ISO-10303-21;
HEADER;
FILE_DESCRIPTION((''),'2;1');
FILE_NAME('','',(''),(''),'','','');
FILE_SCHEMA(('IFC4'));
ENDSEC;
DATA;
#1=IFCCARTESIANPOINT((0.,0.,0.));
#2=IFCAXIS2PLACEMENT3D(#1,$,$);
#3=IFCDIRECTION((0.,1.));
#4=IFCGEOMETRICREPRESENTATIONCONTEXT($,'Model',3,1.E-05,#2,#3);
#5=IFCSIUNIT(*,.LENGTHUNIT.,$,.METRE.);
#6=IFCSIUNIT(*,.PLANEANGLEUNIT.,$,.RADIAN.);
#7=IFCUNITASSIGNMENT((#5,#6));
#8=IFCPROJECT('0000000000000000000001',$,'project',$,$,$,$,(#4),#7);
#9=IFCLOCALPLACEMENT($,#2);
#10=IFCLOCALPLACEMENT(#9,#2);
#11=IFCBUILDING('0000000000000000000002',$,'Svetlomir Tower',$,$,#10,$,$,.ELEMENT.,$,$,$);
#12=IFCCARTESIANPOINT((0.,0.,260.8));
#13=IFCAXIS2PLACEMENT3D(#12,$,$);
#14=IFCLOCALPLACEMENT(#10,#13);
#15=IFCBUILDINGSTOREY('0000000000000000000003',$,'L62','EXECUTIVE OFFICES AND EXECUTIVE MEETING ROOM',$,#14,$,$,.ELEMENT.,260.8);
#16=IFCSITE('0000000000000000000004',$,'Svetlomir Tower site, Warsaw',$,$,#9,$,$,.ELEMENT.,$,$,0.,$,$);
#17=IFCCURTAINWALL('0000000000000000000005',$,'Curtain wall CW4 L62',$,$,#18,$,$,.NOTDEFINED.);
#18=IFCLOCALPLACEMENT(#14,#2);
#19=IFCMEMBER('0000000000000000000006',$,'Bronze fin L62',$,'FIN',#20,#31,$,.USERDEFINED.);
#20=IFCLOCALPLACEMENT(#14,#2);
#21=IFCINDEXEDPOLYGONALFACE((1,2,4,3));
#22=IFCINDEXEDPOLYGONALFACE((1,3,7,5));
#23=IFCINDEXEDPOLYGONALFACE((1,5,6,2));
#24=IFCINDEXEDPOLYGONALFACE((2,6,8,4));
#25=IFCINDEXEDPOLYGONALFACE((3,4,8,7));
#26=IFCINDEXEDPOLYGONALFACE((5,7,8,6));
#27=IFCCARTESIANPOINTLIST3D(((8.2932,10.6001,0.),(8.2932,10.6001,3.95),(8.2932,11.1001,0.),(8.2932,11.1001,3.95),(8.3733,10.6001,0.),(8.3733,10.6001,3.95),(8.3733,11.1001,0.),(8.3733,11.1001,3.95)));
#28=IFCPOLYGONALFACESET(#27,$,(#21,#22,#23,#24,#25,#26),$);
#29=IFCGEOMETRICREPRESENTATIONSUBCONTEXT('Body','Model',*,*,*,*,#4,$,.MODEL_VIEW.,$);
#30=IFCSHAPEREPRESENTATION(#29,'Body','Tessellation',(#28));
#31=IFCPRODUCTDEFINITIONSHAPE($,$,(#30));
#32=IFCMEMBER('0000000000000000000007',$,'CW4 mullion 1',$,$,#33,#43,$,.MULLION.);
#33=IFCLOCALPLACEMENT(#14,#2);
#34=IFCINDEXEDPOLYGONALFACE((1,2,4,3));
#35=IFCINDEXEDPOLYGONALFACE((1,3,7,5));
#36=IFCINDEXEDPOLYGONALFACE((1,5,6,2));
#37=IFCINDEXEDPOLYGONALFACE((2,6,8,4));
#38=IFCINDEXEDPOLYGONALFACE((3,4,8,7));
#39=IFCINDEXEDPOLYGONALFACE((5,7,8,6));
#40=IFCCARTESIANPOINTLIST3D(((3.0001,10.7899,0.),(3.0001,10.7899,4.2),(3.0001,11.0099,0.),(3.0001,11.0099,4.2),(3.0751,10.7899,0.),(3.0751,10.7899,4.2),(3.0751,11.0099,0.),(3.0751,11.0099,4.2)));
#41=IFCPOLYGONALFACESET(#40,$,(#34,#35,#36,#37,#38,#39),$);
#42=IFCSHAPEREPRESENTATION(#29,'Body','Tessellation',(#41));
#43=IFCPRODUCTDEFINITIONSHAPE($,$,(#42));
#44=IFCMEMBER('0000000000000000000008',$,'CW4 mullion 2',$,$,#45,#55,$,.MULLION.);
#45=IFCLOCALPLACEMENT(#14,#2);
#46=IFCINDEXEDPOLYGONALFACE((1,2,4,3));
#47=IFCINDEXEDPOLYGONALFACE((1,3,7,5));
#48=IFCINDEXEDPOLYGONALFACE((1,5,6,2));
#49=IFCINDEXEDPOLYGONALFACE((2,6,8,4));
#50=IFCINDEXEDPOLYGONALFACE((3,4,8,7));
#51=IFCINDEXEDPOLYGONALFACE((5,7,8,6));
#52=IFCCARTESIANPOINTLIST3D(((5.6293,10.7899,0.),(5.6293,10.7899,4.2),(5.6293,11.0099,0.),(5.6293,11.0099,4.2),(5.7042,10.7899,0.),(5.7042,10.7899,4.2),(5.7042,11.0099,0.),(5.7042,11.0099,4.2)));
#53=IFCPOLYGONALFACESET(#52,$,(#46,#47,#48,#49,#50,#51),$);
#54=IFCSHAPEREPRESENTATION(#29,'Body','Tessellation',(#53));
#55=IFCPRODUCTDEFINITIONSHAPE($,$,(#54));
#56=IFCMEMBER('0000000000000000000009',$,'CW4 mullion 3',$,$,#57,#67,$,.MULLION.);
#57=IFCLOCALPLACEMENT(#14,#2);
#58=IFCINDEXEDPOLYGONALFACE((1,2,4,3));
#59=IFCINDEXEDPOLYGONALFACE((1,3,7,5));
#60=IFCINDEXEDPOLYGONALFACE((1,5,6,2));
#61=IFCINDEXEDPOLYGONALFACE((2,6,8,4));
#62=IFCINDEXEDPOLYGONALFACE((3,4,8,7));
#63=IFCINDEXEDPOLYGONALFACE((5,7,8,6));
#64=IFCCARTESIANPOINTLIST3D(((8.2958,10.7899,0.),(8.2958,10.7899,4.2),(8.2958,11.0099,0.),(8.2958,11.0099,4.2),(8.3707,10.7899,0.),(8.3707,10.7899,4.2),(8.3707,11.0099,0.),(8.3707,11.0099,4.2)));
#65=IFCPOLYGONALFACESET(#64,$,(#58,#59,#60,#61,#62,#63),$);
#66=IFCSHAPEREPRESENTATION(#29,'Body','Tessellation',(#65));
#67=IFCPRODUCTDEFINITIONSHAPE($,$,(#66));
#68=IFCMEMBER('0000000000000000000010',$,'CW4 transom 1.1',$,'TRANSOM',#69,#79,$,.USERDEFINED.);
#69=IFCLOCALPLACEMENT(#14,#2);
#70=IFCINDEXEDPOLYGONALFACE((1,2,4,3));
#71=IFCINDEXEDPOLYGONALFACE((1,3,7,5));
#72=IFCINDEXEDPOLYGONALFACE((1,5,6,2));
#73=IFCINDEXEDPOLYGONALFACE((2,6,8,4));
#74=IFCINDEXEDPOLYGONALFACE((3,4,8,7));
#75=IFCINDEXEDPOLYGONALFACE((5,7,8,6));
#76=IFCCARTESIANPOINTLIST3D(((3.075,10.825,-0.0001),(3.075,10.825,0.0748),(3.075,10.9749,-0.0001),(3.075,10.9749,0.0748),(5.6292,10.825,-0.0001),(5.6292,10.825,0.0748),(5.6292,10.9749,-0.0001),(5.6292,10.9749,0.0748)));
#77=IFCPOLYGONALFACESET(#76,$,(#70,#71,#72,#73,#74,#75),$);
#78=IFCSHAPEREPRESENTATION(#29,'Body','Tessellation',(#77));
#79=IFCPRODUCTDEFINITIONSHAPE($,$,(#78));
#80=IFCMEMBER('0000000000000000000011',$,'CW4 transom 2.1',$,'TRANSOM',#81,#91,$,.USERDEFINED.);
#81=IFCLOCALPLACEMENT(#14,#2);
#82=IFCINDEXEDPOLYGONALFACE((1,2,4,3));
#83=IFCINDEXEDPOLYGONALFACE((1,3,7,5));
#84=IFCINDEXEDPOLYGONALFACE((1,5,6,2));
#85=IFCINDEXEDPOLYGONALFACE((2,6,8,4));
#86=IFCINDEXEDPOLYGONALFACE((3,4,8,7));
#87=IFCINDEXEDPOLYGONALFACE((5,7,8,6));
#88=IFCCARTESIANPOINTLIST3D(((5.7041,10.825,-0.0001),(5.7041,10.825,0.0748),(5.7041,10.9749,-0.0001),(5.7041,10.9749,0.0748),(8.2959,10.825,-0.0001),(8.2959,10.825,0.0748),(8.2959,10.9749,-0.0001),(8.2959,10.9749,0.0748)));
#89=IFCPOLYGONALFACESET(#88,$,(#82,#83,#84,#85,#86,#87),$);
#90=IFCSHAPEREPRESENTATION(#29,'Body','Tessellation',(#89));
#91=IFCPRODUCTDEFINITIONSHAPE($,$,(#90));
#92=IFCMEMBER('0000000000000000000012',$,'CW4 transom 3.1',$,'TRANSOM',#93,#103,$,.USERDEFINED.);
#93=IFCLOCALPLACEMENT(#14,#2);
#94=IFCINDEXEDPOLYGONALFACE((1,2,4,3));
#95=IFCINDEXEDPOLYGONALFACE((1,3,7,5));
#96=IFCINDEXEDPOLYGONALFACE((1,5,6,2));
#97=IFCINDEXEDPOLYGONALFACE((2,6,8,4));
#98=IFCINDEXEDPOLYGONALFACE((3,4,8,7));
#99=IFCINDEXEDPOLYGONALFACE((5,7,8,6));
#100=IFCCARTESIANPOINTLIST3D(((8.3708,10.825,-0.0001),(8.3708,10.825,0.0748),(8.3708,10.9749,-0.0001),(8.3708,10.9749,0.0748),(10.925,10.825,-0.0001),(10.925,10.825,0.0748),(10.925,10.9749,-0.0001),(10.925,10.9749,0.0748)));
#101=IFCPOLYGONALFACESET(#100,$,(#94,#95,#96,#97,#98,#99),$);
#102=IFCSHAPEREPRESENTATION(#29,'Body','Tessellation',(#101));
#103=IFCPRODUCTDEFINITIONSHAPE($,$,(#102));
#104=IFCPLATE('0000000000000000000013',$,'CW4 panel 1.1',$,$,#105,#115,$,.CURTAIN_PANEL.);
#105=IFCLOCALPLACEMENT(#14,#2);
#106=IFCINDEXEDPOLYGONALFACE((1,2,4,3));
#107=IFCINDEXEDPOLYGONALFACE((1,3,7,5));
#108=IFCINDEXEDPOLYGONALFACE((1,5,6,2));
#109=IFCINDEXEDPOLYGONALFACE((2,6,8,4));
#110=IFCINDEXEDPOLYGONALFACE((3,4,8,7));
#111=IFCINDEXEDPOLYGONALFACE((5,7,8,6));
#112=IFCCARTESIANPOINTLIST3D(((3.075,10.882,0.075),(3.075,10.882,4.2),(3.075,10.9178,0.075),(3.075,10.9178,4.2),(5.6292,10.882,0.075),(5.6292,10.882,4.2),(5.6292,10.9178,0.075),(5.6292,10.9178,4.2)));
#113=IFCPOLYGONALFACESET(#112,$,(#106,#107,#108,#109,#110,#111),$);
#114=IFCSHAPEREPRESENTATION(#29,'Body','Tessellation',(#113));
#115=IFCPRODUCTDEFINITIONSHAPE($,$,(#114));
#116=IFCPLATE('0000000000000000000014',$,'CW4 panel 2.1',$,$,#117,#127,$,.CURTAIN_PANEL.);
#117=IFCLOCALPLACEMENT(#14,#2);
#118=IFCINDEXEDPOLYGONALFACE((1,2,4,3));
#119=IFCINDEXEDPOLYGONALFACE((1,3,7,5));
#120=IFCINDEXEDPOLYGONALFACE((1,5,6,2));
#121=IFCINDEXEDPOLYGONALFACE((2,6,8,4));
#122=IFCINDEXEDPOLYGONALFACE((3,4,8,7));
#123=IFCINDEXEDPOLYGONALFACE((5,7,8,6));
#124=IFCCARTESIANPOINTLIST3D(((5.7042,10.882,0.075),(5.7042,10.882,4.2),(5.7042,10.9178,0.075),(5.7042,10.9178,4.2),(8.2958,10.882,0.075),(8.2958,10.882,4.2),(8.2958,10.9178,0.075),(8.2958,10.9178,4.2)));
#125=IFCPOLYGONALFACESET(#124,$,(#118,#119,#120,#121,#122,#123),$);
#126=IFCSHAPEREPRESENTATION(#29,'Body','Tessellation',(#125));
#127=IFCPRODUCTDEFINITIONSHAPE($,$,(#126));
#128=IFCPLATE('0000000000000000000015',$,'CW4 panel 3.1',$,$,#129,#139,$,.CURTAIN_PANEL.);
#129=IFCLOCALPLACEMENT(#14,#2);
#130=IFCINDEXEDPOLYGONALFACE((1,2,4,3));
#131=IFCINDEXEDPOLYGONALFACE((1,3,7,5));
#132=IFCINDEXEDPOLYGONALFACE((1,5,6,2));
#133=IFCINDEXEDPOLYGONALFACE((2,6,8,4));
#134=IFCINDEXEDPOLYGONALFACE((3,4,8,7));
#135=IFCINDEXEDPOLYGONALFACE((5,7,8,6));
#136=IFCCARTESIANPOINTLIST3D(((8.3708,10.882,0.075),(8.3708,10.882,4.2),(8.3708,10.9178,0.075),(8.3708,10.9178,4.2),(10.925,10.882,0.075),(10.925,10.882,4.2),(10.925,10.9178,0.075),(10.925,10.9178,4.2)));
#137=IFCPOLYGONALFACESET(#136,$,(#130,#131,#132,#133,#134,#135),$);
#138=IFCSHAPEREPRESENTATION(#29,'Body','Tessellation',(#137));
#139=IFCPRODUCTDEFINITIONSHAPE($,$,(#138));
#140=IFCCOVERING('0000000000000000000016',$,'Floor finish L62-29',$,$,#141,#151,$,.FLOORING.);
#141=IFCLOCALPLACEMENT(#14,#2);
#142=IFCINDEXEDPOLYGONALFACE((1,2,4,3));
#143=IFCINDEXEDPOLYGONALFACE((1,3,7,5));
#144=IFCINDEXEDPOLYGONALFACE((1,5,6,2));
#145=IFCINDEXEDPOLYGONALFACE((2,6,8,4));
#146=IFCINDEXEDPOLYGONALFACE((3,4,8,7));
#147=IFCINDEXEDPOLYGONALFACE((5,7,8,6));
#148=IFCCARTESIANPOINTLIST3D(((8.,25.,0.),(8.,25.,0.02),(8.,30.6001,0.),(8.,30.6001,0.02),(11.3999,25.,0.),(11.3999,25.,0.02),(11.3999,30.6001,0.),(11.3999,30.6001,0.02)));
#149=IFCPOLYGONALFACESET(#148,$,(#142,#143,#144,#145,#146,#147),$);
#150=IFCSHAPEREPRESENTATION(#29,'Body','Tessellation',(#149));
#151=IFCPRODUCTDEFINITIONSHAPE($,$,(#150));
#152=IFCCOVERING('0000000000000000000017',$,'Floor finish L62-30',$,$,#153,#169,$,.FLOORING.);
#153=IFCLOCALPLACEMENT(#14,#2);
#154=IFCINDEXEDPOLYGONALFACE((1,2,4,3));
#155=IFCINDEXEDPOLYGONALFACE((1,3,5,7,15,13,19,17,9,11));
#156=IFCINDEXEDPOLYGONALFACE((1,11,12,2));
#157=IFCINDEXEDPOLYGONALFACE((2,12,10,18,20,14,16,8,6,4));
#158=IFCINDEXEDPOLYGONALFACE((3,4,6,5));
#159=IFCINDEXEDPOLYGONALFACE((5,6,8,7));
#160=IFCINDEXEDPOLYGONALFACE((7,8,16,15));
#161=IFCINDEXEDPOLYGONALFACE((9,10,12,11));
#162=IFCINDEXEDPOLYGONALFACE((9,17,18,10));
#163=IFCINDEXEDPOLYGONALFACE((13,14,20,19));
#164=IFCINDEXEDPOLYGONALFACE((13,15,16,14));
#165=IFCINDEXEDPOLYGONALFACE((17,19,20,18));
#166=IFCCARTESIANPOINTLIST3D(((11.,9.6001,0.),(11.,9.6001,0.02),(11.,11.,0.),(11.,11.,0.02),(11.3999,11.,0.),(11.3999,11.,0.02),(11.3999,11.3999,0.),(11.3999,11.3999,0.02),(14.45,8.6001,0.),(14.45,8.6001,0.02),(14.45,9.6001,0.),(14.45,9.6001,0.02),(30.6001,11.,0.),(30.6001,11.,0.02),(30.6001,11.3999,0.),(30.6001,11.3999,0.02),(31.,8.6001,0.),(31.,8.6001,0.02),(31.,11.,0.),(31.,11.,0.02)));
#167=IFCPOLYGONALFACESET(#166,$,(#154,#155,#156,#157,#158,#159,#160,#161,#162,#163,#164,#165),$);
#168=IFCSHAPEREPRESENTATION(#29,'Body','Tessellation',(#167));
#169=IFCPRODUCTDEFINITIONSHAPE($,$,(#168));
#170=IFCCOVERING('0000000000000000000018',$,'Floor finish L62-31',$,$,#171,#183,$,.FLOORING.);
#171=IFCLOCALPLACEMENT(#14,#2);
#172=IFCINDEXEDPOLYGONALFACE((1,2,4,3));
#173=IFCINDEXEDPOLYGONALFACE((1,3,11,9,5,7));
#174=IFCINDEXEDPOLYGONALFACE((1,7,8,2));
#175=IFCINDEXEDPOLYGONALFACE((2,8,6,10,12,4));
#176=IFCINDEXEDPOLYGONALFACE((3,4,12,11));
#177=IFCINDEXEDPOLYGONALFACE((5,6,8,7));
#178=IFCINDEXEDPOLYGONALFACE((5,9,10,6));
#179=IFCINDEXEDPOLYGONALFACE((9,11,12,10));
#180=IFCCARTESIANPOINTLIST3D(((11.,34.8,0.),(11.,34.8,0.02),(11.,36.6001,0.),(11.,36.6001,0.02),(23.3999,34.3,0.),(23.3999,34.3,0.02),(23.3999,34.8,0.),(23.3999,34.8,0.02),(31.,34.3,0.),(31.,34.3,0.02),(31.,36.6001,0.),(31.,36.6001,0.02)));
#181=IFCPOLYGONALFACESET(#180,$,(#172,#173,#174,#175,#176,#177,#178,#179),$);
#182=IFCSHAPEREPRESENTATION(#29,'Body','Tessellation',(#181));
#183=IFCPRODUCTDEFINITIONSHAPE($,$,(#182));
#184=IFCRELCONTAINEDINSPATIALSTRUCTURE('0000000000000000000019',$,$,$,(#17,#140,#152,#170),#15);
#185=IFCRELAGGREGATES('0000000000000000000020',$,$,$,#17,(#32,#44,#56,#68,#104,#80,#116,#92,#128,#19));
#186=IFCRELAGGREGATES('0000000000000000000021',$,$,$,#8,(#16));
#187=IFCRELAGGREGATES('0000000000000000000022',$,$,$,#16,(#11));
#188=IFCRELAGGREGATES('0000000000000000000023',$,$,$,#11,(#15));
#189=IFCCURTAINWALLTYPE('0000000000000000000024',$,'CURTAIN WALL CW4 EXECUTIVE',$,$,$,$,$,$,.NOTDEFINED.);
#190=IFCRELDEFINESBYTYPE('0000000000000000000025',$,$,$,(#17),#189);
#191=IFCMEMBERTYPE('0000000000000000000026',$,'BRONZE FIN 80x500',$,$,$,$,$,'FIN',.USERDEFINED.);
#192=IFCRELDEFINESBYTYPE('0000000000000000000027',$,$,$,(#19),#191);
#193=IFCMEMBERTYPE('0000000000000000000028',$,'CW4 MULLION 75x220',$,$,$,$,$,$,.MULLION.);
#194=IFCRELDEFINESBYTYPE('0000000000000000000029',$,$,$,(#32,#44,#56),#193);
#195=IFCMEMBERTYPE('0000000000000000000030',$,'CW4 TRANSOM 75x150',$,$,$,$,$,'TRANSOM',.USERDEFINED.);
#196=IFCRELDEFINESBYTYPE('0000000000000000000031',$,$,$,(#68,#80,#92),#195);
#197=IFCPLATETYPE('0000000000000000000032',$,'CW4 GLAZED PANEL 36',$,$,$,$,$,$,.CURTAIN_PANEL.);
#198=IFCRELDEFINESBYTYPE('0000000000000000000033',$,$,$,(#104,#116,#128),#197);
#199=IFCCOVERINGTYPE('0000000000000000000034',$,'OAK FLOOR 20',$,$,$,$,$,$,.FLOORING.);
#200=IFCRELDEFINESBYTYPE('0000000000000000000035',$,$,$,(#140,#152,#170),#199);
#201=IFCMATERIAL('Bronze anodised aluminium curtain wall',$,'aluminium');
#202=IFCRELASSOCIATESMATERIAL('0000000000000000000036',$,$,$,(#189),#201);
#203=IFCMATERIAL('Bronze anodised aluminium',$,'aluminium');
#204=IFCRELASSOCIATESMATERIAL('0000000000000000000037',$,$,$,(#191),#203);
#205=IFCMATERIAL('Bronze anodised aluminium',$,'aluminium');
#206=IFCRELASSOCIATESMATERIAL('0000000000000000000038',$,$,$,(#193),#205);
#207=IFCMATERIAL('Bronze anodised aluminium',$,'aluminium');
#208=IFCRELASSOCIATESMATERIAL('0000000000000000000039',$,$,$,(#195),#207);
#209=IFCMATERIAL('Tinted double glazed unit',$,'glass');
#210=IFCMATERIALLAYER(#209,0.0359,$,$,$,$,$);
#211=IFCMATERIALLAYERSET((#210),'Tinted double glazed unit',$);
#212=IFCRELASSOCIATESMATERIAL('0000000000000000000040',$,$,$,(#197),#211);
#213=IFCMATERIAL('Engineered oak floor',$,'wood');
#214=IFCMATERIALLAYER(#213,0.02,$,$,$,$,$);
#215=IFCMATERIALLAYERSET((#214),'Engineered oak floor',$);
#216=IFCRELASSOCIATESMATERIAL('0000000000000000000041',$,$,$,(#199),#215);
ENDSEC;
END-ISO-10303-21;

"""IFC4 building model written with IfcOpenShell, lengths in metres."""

from ifc_helpers import new_model, si_unit, direction, frame, origin, origin_2d, place, context, subcontext, project, spatial, polyline, rectangle, outline, extrude, material, layer, layer_set, material_profile, profile_set, type_object, element, aggregate, save


model = new_model("IFC4")

# Units and contexts
model_context = context("Model", 3, precision=1e-05, world=origin(), true_north=direction((0.0, 1.0)))
body_context = subcontext(model_context, "Body", "Model", "MODEL_VIEW")
ifc_project = project(units=[si_unit("LENGTHUNIT", "METRE"), si_unit("PLANEANGLEUNIT", "RADIAN")], contexts=[model_context])

# Site, building, storey
site_placement = place(None, origin())
site = spatial("IfcSite", under=ifc_project, at=site_placement, Name="Svetlomir Tower site, Warsaw", CompositionType="ELEMENT", RefElevation=0.0)
building_placement = place(site_placement, origin())
building = spatial("IfcBuilding", under=site, at=building_placement, Name="Svetlomir Tower", CompositionType="ELEMENT")
storey_placement = place(building_placement, frame((0.0, 0.0, 260.8)))
storey = spatial("IfcBuildingStorey", under=building, at=storey_placement, Name="L62", Description="EXECUTIVE OFFICES AND EXECUTIVE MEETING ROOM", CompositionType="ELEMENT", Elevation=260.8)

# Curtain wall, members, plates
ifc_material_1 = material(Name="Bronze anodised aluminium curtain wall", Category="aluminium")
curtain_wall_type = type_object("IfcCurtainWallType", Name="CURTAIN WALL CW4 EXECUTIVE", PredefinedType="NOTDEFINED", material=ifc_material_1)
curtain_wall_placement = place(storey_placement, origin())
curtain_wall = element("IfcCurtainWall", 1, at=curtain_wall_placement, inside=storey, type_object=curtain_wall_type, Name="Curtain wall CW4 L62", PredefinedType="NOTDEFINED")
ifc_material_2 = material(Name="Bronze anodised aluminium", Category="aluminium")
ifc_material_profile_1 = material_profile(ifc_material_2, rectangle(XDim=0.0801, YDim=0.5, at=origin_2d()), Name="FIN 80x500")
ifc_profile_set_1 = profile_set([ifc_material_profile_1], Name="Bronze anodised aluminium 6063-T6")
member_type_1 = type_object("IfcMemberType", Name="BRONZE FIN 80x500", ElementType="FIN", PredefinedType="USERDEFINED", material=ifc_profile_set_1)
member_1_placement = place(storey_placement, frame((8.3333, 10.8501, 0.0), z_axis=(0.0, 0.0, 1.0), x_axis=(1.0, 0.0, 0.0)))
member_1 = element("IfcMember", 2, at=member_1_placement, type_object=member_type_1, Name="Bronze fin L62", ObjectType="FIN", PredefinedType="USERDEFINED", context=body_context, shape_type="SweptSolid", body=[
    extrude(rectangle(XDim=0.0801, YDim=0.5, at=origin_2d()), origin(), (0.0, 0.0, 1.0), 3.95),
])
ifc_material_3 = material(Name="Bronze anodised aluminium", Category="aluminium")
ifc_material_profile_2 = material_profile(ifc_material_3, rectangle(XDim=0.075, YDim=0.22, at=origin_2d()), Name="AL 75x220")
ifc_profile_set_2 = profile_set([ifc_material_profile_2], Name="Bronze anodised aluminium 6063-T6")
member_type_2 = type_object("IfcMemberType", Name="CW4 MULLION 75x220", PredefinedType="MULLION", material=ifc_profile_set_2)
member_2_placement = place(storey_placement, frame((3.0376, 10.8999, 0.0), z_axis=(0.0, 0.0, 1.0), x_axis=(1.0, 0.0, 0.0)))
member_2 = element("IfcMember", 3, at=member_2_placement, type_object=member_type_2, Name="CW4 mullion 1", PredefinedType="MULLION", context=body_context, shape_type="SweptSolid", body=[
    extrude(rectangle(XDim=0.075, YDim=0.22, at=origin_2d()), origin(), (0.0, 0.0, 1.0), 4.2),
])
member_3_placement = place(storey_placement, frame((5.6667, 10.8999, 0.0), z_axis=(0.0, 0.0, 1.0), x_axis=(1.0, 0.0, 0.0)))
member_3 = element("IfcMember", 4, at=member_3_placement, type_object=member_type_2, Name="CW4 mullion 2", PredefinedType="MULLION", context=body_context, shape_type="SweptSolid", body=[
    extrude(rectangle(XDim=0.075, YDim=0.22, at=origin_2d()), origin(), (0.0, 0.0, 1.0), 4.2),
])
member_4_placement = place(storey_placement, frame((8.3333, 10.8999, 0.0), z_axis=(0.0, 0.0, 1.0), x_axis=(1.0, 0.0, 0.0)))
member_4 = element("IfcMember", 5, at=member_4_placement, type_object=member_type_2, Name="CW4 mullion 3", PredefinedType="MULLION", context=body_context, shape_type="SweptSolid", body=[
    extrude(rectangle(XDim=0.075, YDim=0.22, at=origin_2d()), origin(), (0.0, 0.0, 1.0), 4.2),
])
ifc_material_4 = material(Name="Bronze anodised aluminium", Category="aluminium")
ifc_material_profile_3 = material_profile(ifc_material_4, rectangle(XDim=0.1499, YDim=0.075, at=origin_2d()), Name="AL 150x75")
ifc_profile_set_3 = profile_set([ifc_material_profile_3], Name="Bronze anodised aluminium 6063-T6")
member_type_3 = type_object("IfcMemberType", Name="CW4 TRANSOM 75x150", ElementType="TRANSOM", PredefinedType="USERDEFINED", material=ifc_profile_set_3)
member_5_placement = place(storey_placement, frame((3.075, 10.8999, 0.0374), z_axis=(1.0, 0.0, 0.0), x_axis=(0.0, 1.0, 0.0)))
member_5 = element("IfcMember", 6, at=member_5_placement, type_object=member_type_3, Name="CW4 transom 1.1", ObjectType="TRANSOM", PredefinedType="USERDEFINED", context=body_context, shape_type="SweptSolid", body=[
    extrude(rectangle(XDim=0.1499, YDim=0.075, at=origin_2d()), origin(), (0.0, 0.0, 1.0), 2.5542),
])
member_6_placement = place(storey_placement, frame((5.7041, 10.8999, 0.0374), z_axis=(1.0, 0.0, 0.0), x_axis=(0.0, 1.0, 0.0)))
member_6 = element("IfcMember", 7, at=member_6_placement, type_object=member_type_3, Name="CW4 transom 2.1", ObjectType="TRANSOM", PredefinedType="USERDEFINED", context=body_context, shape_type="SweptSolid", body=[
    extrude(rectangle(XDim=0.1499, YDim=0.075, at=origin_2d()), origin(), (0.0, 0.0, 1.0), 2.5918),
])
member_7_placement = place(storey_placement, frame((8.3708, 10.8999, 0.0374), z_axis=(1.0, 0.0, 0.0), x_axis=(0.0, 1.0, 0.0)))
member_7 = element("IfcMember", 8, at=member_7_placement, type_object=member_type_3, Name="CW4 transom 3.1", ObjectType="TRANSOM", PredefinedType="USERDEFINED", context=body_context, shape_type="SweptSolid", body=[
    extrude(rectangle(XDim=0.1499, YDim=0.075, at=origin_2d()), origin(), (0.0, 0.0, 1.0), 2.5542),
])
ifc_material_5 = material(Name="Tinted double glazed unit", Category="glass")
ifc_layer_1 = layer(ifc_material_5, 0.0359)
ifc_layer_set_1 = layer_set([ifc_layer_1], Name="Tinted double glazed unit")
plate_type = type_object("IfcPlateType", Name="CW4 GLAZED PANEL 36", PredefinedType="CURTAIN_PANEL", material=ifc_layer_set_1)
plate_1_placement = place(storey_placement, frame((4.3521, 10.8999, 0.075), z_axis=(0.0, 0.0, 1.0), x_axis=(1.0, 0.0, 0.0)))
plate_1 = element("IfcPlate", 9, at=plate_1_placement, type_object=plate_type, Name="CW4 panel 1.1", PredefinedType="CURTAIN_PANEL", context=body_context, shape_type="SweptSolid", body=[
    extrude(rectangle(XDim=2.5542, YDim=0.0359, at=origin_2d()), origin(), (0.0, 0.0, 1.0), 4.125),
])
plate_2_placement = place(storey_placement, frame((7.0, 10.8999, 0.075), z_axis=(0.0, 0.0, 1.0), x_axis=(1.0, 0.0, 0.0)))
plate_2 = element("IfcPlate", 10, at=plate_2_placement, type_object=plate_type, Name="CW4 panel 2.1", PredefinedType="CURTAIN_PANEL", context=body_context, shape_type="SweptSolid", body=[
    extrude(rectangle(XDim=2.5916, YDim=0.0359, at=origin_2d()), origin(), (0.0, 0.0, 1.0), 4.125),
])
plate_3_placement = place(storey_placement, frame((9.6479, 10.8999, 0.075), z_axis=(0.0, 0.0, 1.0), x_axis=(1.0, 0.0, 0.0)))
plate_3 = element("IfcPlate", 11, at=plate_3_placement, type_object=plate_type, Name="CW4 panel 3.1", PredefinedType="CURTAIN_PANEL", context=body_context, shape_type="SweptSolid", body=[
    extrude(rectangle(XDim=2.5542, YDim=0.0359, at=origin_2d()), origin(), (0.0, 0.0, 1.0), 4.125),
])
aggregate(curtain_wall, [member_2, member_3, member_4, member_5, plate_1, member_6, plate_2, member_7, plate_3, member_1])

# Coverings
ifc_material_6 = material(Name="Engineered oak floor", Category="wood")
ifc_layer_2 = layer(ifc_material_6, 0.02)
ifc_layer_set_2 = layer_set([ifc_layer_2], Name="Engineered oak floor")
covering_type_1 = type_object("IfcCoveringType", Name="OAK FLOOR 20", PredefinedType="FLOORING", material=ifc_layer_set_2)
covering_1_placement = place(storey_placement, origin())
element("IfcCovering", 12, at=covering_1_placement, inside=storey, type_object=covering_type_1, Name="Floor finish L62-29", PredefinedType="FLOORING", context=body_context, shape_type="SweptSolid", body=[
    extrude(outline(polyline([(8.0, 25.0), (11.3999, 25.0), (11.3999, 30.6001), (8.0, 30.6001), (8.0, 25.0)])), origin(), (0.0, 0.0, 1.0), 0.02),
])
covering_2_placement = place(storey_placement, origin())
element("IfcCovering", 13, at=covering_2_placement, inside=storey, type_object=covering_type_1, Name="Floor finish L62-30", PredefinedType="FLOORING", context=body_context, shape_type="SweptSolid", body=[
    extrude(outline(polyline([(14.45, 8.6001), (14.45, 9.6001), (11.0, 9.6001), (11.0, 11.0), (11.3999, 11.0), (11.3999, 11.3999), (30.6001, 11.3999), (30.6001, 11.0), (31.0, 11.0), (31.0, 8.6001), (14.45, 8.6001)])), origin(), (0.0, 0.0, 1.0), 0.02),
])
covering_3_placement = place(storey_placement, origin())
element("IfcCovering", 14, at=covering_3_placement, inside=storey, type_object=covering_type_1, Name="Floor finish L62-31", PredefinedType="FLOORING", context=body_context, shape_type="SweptSolid", body=[
    extrude(outline(polyline([(23.3999, 34.8), (11.0, 34.8), (11.0, 36.6001), (31.0, 36.6001), (31.0, 34.3), (23.3999, 34.3), (23.3999, 34.8)])), origin(), (0.0, 0.0, 1.0), 0.02),
])

save(model, "model.ifc")
